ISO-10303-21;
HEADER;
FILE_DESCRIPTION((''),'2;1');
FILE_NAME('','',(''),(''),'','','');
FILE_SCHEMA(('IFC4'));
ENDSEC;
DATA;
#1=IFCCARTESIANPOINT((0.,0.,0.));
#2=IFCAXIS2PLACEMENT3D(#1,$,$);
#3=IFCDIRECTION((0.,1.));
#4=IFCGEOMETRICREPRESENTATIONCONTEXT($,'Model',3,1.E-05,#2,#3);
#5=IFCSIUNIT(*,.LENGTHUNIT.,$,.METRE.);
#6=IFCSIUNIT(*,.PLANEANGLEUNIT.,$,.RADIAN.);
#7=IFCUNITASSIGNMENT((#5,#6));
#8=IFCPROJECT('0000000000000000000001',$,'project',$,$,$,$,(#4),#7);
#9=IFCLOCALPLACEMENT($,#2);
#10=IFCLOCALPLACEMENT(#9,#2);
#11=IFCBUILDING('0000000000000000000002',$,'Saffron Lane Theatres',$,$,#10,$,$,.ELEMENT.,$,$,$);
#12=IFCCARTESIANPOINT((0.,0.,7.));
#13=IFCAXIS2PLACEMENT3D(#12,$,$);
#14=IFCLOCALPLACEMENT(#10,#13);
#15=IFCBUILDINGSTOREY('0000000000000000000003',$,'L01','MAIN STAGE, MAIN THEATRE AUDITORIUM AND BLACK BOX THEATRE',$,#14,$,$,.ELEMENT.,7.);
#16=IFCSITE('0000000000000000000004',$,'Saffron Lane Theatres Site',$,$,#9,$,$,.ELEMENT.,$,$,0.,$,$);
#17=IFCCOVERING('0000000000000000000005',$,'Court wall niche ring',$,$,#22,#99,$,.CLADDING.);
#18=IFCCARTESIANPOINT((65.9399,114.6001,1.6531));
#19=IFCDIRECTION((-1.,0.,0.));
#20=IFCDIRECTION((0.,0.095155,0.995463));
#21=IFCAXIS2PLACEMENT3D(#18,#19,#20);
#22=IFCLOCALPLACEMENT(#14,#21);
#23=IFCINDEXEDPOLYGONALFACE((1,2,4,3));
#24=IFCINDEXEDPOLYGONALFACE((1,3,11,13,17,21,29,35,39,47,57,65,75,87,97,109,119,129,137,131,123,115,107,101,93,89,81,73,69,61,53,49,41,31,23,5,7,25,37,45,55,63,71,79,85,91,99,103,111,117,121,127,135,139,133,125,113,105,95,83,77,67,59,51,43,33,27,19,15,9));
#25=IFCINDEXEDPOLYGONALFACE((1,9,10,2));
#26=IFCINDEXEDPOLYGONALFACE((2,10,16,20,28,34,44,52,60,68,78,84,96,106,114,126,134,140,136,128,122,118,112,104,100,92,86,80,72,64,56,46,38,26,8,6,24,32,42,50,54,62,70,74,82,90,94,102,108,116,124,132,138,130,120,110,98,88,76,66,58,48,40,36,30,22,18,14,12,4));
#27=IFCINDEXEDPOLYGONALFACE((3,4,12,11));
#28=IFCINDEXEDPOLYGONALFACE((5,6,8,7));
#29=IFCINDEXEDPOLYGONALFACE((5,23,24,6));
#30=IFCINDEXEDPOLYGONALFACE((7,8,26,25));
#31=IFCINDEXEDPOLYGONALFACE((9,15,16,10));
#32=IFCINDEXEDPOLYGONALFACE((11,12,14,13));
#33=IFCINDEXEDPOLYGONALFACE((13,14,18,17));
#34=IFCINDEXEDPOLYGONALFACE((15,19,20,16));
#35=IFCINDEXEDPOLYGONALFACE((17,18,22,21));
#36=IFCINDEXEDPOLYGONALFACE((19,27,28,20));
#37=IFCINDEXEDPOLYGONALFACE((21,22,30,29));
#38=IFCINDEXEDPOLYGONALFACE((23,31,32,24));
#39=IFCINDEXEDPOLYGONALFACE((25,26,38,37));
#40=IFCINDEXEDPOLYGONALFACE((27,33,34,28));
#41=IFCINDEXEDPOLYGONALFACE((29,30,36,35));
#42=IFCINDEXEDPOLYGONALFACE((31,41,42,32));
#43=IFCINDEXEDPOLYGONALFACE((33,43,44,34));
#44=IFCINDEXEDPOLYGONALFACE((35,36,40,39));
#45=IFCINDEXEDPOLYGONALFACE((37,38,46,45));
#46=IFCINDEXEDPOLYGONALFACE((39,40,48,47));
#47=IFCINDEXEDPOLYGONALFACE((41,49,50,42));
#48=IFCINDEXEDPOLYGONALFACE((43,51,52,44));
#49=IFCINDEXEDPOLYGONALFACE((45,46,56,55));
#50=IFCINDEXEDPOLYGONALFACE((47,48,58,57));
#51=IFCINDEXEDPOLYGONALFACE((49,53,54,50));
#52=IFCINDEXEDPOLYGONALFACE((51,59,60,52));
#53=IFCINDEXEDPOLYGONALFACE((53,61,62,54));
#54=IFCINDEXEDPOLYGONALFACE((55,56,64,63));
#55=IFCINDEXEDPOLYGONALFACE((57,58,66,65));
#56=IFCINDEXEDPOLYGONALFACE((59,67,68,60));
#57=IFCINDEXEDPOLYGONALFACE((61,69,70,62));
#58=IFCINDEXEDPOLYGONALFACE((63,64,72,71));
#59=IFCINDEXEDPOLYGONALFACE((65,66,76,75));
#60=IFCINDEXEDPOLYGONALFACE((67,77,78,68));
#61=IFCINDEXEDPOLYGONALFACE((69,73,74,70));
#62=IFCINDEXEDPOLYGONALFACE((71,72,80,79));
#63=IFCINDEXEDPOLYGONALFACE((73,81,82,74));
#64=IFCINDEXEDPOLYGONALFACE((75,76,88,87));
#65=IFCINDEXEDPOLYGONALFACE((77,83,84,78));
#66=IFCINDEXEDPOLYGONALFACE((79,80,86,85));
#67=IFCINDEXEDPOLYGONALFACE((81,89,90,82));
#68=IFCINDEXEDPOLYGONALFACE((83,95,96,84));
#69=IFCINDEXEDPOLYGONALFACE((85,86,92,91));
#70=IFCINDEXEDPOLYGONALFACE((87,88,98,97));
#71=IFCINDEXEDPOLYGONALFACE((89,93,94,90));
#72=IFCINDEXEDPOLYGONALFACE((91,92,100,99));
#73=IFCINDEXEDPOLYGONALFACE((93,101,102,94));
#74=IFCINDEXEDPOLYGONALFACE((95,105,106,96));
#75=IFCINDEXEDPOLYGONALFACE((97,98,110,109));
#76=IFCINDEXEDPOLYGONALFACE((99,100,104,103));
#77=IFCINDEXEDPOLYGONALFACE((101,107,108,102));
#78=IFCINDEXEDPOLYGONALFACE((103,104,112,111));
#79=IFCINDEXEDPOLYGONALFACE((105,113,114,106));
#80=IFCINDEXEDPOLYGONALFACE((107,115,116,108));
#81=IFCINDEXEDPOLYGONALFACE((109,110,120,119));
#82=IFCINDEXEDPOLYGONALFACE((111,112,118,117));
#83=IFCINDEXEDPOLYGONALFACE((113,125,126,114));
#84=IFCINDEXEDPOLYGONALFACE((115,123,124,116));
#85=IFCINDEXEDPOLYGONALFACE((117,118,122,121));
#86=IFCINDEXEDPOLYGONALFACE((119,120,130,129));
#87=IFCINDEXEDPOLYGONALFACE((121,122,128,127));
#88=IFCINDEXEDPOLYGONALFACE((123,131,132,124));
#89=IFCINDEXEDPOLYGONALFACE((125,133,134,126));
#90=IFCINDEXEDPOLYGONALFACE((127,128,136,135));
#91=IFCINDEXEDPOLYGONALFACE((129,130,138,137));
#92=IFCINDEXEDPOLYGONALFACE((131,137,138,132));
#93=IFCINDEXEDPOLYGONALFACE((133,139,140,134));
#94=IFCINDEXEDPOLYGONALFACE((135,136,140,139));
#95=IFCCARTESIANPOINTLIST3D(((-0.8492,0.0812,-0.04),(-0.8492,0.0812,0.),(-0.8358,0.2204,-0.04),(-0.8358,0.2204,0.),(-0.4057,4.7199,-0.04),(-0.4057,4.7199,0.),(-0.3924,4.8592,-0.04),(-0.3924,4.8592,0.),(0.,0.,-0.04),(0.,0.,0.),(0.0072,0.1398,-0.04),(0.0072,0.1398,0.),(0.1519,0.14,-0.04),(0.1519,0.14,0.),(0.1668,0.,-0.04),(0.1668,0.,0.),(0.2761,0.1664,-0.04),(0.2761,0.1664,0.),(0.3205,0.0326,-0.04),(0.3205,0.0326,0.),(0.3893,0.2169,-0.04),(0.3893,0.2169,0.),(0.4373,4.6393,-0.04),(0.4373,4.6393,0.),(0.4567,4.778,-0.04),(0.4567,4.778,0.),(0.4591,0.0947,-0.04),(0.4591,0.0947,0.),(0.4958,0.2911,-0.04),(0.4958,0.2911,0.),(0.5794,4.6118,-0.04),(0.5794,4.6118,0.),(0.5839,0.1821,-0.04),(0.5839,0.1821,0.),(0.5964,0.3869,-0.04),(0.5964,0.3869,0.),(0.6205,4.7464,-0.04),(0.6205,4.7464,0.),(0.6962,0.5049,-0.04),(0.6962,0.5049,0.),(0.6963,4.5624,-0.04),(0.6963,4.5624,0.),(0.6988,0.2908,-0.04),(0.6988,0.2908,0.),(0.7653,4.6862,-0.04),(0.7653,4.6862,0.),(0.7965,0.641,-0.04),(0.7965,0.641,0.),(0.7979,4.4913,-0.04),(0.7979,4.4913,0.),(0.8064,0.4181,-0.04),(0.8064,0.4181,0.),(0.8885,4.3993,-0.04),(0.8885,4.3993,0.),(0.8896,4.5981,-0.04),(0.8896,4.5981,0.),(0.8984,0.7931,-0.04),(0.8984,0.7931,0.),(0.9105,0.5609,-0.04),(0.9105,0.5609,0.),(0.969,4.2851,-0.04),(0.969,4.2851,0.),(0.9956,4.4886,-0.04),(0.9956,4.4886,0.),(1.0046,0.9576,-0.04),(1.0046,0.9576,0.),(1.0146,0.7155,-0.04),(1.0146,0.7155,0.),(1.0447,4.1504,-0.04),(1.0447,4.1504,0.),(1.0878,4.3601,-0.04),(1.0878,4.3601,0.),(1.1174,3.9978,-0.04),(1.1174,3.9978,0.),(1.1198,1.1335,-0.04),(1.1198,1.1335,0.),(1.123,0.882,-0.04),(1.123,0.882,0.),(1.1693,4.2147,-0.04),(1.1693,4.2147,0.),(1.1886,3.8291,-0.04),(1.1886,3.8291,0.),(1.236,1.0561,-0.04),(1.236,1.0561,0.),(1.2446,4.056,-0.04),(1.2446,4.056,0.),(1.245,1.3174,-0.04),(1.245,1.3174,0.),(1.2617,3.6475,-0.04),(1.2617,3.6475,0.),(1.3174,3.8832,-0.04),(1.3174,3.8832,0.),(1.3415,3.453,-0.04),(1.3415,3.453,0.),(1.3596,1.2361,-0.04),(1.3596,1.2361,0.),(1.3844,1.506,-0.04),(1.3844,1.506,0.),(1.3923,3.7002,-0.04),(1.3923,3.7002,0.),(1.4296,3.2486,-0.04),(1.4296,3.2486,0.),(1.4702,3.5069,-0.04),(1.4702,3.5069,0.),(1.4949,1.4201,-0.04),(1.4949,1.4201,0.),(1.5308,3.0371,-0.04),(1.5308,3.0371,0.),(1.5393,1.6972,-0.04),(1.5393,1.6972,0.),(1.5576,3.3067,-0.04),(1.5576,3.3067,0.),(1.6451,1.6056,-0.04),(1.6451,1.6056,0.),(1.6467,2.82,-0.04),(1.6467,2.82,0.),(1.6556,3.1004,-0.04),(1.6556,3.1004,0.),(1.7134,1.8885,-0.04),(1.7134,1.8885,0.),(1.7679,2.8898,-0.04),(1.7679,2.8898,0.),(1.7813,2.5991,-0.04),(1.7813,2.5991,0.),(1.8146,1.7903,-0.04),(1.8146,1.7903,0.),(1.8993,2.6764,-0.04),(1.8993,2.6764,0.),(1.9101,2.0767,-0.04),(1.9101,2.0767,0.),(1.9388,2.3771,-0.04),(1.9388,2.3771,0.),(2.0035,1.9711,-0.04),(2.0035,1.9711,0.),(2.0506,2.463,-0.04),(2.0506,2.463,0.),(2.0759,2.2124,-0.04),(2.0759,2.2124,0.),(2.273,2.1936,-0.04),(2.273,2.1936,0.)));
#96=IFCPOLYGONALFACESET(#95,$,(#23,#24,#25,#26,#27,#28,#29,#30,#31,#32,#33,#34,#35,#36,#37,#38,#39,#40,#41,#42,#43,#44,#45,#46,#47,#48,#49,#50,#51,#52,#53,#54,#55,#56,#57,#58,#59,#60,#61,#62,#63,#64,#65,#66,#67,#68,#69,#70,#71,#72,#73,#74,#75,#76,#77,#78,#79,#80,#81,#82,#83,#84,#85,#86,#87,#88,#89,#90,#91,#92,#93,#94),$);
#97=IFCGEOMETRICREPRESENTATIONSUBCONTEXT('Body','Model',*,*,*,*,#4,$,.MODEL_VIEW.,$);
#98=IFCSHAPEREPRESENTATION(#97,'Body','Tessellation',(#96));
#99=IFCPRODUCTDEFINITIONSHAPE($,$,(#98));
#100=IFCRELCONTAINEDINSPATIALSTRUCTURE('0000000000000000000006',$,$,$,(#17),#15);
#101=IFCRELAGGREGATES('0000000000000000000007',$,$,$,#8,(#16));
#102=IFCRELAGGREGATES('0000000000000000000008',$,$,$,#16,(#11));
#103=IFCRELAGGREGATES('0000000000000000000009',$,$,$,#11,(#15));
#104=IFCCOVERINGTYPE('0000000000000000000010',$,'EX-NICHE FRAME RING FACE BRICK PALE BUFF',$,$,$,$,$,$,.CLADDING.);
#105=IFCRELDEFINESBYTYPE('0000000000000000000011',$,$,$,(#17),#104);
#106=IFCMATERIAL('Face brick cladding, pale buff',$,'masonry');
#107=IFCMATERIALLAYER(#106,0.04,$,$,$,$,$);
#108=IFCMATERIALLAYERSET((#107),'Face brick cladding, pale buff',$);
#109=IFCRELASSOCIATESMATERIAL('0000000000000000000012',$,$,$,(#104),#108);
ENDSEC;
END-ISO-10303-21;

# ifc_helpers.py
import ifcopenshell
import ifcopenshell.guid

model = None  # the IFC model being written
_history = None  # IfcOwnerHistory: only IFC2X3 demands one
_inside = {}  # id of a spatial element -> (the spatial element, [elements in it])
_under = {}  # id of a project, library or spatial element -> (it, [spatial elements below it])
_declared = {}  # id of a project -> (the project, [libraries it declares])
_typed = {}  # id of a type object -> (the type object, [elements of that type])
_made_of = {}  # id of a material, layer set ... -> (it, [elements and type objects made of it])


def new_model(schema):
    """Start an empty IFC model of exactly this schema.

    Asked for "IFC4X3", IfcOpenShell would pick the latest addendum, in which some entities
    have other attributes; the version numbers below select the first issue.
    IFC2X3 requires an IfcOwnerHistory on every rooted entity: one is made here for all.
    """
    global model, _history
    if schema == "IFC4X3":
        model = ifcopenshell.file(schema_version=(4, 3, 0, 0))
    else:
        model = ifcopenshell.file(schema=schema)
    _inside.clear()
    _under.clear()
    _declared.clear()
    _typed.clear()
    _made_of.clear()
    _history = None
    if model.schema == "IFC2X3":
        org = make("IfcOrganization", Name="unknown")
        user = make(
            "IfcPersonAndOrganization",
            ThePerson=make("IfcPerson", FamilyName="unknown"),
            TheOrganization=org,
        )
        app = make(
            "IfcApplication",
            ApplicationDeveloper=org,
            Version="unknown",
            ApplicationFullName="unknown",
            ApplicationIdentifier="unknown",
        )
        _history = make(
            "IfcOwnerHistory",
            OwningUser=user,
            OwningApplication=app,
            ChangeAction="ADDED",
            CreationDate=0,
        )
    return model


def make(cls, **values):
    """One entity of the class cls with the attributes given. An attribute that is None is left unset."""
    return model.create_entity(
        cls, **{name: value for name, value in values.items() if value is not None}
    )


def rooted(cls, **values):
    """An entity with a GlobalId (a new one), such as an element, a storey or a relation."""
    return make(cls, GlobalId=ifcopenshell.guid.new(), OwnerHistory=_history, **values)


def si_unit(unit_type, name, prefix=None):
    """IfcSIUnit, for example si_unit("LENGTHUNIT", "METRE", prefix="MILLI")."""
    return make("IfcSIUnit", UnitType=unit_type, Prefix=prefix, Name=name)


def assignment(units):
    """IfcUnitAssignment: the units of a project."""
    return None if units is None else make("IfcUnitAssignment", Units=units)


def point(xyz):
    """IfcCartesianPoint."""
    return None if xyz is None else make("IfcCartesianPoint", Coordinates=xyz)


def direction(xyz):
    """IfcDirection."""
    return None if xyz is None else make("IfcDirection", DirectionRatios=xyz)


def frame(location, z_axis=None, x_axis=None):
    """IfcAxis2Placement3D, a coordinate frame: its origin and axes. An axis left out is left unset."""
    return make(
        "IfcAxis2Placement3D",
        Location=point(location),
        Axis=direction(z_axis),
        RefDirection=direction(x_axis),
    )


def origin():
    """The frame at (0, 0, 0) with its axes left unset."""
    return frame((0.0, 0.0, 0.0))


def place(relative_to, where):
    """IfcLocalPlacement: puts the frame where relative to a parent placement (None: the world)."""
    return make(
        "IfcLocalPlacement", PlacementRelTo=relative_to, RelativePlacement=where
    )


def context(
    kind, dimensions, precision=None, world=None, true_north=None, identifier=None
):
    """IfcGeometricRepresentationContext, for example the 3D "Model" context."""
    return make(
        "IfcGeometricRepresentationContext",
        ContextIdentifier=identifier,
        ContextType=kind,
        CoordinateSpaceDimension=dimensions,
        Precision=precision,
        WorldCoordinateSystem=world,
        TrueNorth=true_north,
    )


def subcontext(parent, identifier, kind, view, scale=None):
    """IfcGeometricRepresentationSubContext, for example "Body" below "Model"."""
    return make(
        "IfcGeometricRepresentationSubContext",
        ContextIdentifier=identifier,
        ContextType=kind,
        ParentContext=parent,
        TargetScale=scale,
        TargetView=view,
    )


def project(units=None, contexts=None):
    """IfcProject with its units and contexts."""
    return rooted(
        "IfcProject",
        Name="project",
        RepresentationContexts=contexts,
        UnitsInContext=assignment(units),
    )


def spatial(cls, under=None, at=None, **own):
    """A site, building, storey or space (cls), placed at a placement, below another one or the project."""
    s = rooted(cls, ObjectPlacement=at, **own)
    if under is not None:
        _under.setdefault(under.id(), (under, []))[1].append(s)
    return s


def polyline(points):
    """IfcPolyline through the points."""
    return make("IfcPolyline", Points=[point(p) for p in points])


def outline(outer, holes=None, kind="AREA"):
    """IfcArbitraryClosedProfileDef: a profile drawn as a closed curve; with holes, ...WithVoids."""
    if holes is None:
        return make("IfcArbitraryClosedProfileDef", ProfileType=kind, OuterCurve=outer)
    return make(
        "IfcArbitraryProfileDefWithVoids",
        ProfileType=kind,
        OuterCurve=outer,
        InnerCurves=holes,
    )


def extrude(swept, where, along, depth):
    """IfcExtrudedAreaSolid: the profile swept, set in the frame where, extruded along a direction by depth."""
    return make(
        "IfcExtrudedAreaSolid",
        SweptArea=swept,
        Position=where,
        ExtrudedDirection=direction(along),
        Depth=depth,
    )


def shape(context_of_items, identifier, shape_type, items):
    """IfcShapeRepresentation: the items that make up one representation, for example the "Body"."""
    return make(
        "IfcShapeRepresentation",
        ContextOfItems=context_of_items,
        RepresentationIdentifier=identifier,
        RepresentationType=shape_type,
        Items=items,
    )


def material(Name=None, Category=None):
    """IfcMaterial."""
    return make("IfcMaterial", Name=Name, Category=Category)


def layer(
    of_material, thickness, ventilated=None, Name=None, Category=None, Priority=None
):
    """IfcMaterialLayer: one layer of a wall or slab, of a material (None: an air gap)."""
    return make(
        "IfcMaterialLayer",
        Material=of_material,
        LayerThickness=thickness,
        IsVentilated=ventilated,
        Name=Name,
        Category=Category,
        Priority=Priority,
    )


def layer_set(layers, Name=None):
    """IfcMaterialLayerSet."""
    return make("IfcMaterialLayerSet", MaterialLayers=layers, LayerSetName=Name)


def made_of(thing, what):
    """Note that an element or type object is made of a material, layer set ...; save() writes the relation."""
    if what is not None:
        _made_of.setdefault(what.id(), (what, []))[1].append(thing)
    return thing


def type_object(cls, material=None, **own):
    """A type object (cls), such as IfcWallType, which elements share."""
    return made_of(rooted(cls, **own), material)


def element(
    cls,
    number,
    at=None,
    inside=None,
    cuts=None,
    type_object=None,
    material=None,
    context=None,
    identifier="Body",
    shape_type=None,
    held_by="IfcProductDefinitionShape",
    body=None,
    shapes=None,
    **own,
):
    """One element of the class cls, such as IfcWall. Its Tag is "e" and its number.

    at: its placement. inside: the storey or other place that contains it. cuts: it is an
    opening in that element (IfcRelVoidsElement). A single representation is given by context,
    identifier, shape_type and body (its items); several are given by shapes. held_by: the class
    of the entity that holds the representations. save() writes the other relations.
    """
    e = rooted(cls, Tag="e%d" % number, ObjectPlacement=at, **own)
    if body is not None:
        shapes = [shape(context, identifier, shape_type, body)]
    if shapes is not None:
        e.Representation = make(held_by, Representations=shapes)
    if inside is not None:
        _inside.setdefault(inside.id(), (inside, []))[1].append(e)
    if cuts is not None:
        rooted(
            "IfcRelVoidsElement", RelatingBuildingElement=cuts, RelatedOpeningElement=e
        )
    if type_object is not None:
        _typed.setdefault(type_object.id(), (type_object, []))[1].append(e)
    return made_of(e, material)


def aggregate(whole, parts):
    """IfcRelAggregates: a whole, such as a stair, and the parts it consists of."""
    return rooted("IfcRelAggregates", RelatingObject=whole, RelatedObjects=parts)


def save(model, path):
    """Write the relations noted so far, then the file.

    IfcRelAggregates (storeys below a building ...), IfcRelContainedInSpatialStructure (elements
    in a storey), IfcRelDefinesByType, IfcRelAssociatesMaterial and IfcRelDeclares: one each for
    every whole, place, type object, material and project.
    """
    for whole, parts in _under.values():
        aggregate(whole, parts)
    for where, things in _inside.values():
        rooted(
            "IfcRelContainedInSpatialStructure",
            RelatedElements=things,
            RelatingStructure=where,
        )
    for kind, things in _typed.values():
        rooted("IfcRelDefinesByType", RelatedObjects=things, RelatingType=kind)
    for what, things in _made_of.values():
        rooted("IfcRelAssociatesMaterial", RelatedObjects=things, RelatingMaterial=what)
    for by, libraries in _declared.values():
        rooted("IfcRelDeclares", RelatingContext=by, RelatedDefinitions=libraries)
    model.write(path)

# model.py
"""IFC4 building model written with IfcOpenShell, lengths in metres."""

from ifc_helpers import new_model, si_unit, direction, frame, origin, place, context, subcontext, project, spatial, polyline, outline, extrude, material, layer, layer_set, type_object, element, save


model = new_model("IFC4")

# Units and contexts
model_context = context("Model", 3, precision=1e-05, world=origin(), true_north=direction((0.0, 1.0)))
body_context = subcontext(model_context, "Body", "Model", "MODEL_VIEW")
ifc_project = project(units=[si_unit("LENGTHUNIT", "METRE"), si_unit("PLANEANGLEUNIT", "RADIAN")], contexts=[model_context])

# Site, building, storey
site_placement = place(None, origin())
site = spatial("IfcSite", under=ifc_project, at=site_placement, Name="Saffron Lane Theatres Site", CompositionType="ELEMENT", RefElevation=0.0)
building_placement = place(site_placement, origin())
building = spatial("IfcBuilding", under=site, at=building_placement, Name="Saffron Lane Theatres", CompositionType="ELEMENT")
storey_placement = place(building_placement, frame((0.0, 0.0, 7.0)))
storey = spatial("IfcBuildingStorey", under=building, at=storey_placement, Name="L01", Description="MAIN STAGE, MAIN THEATRE AUDITORIUM AND BLACK BOX THEATRE", CompositionType="ELEMENT", Elevation=7.0)

# Covering
ifc_material_1 = material(Name="Face brick cladding, pale buff", Category="masonry")
ifc_layer_1 = layer(ifc_material_1, 0.04)
ifc_layer_set_1 = layer_set([ifc_layer_1], Name="Face brick cladding, pale buff")
covering_type_1 = type_object("IfcCoveringType", Name="EX-NICHE FRAME RING FACE BRICK PALE BUFF", PredefinedType="CLADDING", material=ifc_layer_set_1)
covering_1_placement = place(storey_placement, frame((65.9399, 114.6001, 1.6531), z_axis=(-1.0, 0.0, 0.0), x_axis=(0.0, 0.095155, 0.995463)))
element("IfcCovering", 1, at=covering_1_placement, inside=storey, type_object=covering_type_1, Name="Court wall niche ring", PredefinedType="CLADDING", context=body_context, shape_type="SweptSolid", body=[
    extrude(outline(polyline([(0.0, 0.0), (0.1668, 0.0), (0.3205, 0.0326), (0.4591, 0.0947), (0.5839, 0.1821), (0.6988, 0.2908), (0.8064, 0.4181), (0.9105, 0.5609), (1.0146, 0.7155), (1.123, 0.882), (1.236, 1.0561), (1.3596, 1.2361), (1.4949, 1.4201), (1.6451, 1.6056), (1.8146, 1.7903), (2.0035, 1.9711), (2.273, 2.1936), (2.0506, 2.463), (1.8993, 2.6764), (1.7679, 2.8898), (1.6556, 3.1004), (1.5576, 3.3067), (1.4702, 3.5069), (1.3923, 3.7002), (1.3174, 3.8832), (1.2446, 4.056), (1.1693, 4.2147), (1.0878, 4.3601), (0.9956, 4.4886), (0.8896, 4.5981), (0.7653, 4.6862), (0.6205, 4.7464), (0.4567, 4.778), (-0.3924, 4.8592), (-0.4057, 4.7199), (0.4373, 4.6393), (0.5794, 4.6118), (0.6963, 4.5624), (0.7979, 4.4913), (0.8885, 4.3993), (0.969, 4.2851), (1.0447, 4.1504), (1.1174, 3.9978), (1.1886, 3.8291), (1.2617, 3.6475), (1.3415, 3.453), (1.4296, 3.2486), (1.5308, 3.0371), (1.6467, 2.82), (1.7813, 2.5991), (1.9388, 2.3771), (2.0759, 2.2124), (1.9101, 2.0767), (1.7134, 1.8885), (1.5393, 1.6972), (1.3844, 1.506), (1.245, 1.3174), (1.1198, 1.1335), (1.0046, 0.9576), (0.8984, 0.7931), (0.7965, 0.641), (0.6962, 0.5049), (0.5964, 0.3869), (0.4958, 0.2911), (0.3893, 0.2169), (0.2761, 0.1664), (0.1519, 0.14), (0.0072, 0.1398), (-0.8358, 0.2204), (-0.8492, 0.0812), (0.0, 0.0)])), origin(), (0.0, 0.0, -1.0), 0.04),
])

save(model, "model.ifc")
